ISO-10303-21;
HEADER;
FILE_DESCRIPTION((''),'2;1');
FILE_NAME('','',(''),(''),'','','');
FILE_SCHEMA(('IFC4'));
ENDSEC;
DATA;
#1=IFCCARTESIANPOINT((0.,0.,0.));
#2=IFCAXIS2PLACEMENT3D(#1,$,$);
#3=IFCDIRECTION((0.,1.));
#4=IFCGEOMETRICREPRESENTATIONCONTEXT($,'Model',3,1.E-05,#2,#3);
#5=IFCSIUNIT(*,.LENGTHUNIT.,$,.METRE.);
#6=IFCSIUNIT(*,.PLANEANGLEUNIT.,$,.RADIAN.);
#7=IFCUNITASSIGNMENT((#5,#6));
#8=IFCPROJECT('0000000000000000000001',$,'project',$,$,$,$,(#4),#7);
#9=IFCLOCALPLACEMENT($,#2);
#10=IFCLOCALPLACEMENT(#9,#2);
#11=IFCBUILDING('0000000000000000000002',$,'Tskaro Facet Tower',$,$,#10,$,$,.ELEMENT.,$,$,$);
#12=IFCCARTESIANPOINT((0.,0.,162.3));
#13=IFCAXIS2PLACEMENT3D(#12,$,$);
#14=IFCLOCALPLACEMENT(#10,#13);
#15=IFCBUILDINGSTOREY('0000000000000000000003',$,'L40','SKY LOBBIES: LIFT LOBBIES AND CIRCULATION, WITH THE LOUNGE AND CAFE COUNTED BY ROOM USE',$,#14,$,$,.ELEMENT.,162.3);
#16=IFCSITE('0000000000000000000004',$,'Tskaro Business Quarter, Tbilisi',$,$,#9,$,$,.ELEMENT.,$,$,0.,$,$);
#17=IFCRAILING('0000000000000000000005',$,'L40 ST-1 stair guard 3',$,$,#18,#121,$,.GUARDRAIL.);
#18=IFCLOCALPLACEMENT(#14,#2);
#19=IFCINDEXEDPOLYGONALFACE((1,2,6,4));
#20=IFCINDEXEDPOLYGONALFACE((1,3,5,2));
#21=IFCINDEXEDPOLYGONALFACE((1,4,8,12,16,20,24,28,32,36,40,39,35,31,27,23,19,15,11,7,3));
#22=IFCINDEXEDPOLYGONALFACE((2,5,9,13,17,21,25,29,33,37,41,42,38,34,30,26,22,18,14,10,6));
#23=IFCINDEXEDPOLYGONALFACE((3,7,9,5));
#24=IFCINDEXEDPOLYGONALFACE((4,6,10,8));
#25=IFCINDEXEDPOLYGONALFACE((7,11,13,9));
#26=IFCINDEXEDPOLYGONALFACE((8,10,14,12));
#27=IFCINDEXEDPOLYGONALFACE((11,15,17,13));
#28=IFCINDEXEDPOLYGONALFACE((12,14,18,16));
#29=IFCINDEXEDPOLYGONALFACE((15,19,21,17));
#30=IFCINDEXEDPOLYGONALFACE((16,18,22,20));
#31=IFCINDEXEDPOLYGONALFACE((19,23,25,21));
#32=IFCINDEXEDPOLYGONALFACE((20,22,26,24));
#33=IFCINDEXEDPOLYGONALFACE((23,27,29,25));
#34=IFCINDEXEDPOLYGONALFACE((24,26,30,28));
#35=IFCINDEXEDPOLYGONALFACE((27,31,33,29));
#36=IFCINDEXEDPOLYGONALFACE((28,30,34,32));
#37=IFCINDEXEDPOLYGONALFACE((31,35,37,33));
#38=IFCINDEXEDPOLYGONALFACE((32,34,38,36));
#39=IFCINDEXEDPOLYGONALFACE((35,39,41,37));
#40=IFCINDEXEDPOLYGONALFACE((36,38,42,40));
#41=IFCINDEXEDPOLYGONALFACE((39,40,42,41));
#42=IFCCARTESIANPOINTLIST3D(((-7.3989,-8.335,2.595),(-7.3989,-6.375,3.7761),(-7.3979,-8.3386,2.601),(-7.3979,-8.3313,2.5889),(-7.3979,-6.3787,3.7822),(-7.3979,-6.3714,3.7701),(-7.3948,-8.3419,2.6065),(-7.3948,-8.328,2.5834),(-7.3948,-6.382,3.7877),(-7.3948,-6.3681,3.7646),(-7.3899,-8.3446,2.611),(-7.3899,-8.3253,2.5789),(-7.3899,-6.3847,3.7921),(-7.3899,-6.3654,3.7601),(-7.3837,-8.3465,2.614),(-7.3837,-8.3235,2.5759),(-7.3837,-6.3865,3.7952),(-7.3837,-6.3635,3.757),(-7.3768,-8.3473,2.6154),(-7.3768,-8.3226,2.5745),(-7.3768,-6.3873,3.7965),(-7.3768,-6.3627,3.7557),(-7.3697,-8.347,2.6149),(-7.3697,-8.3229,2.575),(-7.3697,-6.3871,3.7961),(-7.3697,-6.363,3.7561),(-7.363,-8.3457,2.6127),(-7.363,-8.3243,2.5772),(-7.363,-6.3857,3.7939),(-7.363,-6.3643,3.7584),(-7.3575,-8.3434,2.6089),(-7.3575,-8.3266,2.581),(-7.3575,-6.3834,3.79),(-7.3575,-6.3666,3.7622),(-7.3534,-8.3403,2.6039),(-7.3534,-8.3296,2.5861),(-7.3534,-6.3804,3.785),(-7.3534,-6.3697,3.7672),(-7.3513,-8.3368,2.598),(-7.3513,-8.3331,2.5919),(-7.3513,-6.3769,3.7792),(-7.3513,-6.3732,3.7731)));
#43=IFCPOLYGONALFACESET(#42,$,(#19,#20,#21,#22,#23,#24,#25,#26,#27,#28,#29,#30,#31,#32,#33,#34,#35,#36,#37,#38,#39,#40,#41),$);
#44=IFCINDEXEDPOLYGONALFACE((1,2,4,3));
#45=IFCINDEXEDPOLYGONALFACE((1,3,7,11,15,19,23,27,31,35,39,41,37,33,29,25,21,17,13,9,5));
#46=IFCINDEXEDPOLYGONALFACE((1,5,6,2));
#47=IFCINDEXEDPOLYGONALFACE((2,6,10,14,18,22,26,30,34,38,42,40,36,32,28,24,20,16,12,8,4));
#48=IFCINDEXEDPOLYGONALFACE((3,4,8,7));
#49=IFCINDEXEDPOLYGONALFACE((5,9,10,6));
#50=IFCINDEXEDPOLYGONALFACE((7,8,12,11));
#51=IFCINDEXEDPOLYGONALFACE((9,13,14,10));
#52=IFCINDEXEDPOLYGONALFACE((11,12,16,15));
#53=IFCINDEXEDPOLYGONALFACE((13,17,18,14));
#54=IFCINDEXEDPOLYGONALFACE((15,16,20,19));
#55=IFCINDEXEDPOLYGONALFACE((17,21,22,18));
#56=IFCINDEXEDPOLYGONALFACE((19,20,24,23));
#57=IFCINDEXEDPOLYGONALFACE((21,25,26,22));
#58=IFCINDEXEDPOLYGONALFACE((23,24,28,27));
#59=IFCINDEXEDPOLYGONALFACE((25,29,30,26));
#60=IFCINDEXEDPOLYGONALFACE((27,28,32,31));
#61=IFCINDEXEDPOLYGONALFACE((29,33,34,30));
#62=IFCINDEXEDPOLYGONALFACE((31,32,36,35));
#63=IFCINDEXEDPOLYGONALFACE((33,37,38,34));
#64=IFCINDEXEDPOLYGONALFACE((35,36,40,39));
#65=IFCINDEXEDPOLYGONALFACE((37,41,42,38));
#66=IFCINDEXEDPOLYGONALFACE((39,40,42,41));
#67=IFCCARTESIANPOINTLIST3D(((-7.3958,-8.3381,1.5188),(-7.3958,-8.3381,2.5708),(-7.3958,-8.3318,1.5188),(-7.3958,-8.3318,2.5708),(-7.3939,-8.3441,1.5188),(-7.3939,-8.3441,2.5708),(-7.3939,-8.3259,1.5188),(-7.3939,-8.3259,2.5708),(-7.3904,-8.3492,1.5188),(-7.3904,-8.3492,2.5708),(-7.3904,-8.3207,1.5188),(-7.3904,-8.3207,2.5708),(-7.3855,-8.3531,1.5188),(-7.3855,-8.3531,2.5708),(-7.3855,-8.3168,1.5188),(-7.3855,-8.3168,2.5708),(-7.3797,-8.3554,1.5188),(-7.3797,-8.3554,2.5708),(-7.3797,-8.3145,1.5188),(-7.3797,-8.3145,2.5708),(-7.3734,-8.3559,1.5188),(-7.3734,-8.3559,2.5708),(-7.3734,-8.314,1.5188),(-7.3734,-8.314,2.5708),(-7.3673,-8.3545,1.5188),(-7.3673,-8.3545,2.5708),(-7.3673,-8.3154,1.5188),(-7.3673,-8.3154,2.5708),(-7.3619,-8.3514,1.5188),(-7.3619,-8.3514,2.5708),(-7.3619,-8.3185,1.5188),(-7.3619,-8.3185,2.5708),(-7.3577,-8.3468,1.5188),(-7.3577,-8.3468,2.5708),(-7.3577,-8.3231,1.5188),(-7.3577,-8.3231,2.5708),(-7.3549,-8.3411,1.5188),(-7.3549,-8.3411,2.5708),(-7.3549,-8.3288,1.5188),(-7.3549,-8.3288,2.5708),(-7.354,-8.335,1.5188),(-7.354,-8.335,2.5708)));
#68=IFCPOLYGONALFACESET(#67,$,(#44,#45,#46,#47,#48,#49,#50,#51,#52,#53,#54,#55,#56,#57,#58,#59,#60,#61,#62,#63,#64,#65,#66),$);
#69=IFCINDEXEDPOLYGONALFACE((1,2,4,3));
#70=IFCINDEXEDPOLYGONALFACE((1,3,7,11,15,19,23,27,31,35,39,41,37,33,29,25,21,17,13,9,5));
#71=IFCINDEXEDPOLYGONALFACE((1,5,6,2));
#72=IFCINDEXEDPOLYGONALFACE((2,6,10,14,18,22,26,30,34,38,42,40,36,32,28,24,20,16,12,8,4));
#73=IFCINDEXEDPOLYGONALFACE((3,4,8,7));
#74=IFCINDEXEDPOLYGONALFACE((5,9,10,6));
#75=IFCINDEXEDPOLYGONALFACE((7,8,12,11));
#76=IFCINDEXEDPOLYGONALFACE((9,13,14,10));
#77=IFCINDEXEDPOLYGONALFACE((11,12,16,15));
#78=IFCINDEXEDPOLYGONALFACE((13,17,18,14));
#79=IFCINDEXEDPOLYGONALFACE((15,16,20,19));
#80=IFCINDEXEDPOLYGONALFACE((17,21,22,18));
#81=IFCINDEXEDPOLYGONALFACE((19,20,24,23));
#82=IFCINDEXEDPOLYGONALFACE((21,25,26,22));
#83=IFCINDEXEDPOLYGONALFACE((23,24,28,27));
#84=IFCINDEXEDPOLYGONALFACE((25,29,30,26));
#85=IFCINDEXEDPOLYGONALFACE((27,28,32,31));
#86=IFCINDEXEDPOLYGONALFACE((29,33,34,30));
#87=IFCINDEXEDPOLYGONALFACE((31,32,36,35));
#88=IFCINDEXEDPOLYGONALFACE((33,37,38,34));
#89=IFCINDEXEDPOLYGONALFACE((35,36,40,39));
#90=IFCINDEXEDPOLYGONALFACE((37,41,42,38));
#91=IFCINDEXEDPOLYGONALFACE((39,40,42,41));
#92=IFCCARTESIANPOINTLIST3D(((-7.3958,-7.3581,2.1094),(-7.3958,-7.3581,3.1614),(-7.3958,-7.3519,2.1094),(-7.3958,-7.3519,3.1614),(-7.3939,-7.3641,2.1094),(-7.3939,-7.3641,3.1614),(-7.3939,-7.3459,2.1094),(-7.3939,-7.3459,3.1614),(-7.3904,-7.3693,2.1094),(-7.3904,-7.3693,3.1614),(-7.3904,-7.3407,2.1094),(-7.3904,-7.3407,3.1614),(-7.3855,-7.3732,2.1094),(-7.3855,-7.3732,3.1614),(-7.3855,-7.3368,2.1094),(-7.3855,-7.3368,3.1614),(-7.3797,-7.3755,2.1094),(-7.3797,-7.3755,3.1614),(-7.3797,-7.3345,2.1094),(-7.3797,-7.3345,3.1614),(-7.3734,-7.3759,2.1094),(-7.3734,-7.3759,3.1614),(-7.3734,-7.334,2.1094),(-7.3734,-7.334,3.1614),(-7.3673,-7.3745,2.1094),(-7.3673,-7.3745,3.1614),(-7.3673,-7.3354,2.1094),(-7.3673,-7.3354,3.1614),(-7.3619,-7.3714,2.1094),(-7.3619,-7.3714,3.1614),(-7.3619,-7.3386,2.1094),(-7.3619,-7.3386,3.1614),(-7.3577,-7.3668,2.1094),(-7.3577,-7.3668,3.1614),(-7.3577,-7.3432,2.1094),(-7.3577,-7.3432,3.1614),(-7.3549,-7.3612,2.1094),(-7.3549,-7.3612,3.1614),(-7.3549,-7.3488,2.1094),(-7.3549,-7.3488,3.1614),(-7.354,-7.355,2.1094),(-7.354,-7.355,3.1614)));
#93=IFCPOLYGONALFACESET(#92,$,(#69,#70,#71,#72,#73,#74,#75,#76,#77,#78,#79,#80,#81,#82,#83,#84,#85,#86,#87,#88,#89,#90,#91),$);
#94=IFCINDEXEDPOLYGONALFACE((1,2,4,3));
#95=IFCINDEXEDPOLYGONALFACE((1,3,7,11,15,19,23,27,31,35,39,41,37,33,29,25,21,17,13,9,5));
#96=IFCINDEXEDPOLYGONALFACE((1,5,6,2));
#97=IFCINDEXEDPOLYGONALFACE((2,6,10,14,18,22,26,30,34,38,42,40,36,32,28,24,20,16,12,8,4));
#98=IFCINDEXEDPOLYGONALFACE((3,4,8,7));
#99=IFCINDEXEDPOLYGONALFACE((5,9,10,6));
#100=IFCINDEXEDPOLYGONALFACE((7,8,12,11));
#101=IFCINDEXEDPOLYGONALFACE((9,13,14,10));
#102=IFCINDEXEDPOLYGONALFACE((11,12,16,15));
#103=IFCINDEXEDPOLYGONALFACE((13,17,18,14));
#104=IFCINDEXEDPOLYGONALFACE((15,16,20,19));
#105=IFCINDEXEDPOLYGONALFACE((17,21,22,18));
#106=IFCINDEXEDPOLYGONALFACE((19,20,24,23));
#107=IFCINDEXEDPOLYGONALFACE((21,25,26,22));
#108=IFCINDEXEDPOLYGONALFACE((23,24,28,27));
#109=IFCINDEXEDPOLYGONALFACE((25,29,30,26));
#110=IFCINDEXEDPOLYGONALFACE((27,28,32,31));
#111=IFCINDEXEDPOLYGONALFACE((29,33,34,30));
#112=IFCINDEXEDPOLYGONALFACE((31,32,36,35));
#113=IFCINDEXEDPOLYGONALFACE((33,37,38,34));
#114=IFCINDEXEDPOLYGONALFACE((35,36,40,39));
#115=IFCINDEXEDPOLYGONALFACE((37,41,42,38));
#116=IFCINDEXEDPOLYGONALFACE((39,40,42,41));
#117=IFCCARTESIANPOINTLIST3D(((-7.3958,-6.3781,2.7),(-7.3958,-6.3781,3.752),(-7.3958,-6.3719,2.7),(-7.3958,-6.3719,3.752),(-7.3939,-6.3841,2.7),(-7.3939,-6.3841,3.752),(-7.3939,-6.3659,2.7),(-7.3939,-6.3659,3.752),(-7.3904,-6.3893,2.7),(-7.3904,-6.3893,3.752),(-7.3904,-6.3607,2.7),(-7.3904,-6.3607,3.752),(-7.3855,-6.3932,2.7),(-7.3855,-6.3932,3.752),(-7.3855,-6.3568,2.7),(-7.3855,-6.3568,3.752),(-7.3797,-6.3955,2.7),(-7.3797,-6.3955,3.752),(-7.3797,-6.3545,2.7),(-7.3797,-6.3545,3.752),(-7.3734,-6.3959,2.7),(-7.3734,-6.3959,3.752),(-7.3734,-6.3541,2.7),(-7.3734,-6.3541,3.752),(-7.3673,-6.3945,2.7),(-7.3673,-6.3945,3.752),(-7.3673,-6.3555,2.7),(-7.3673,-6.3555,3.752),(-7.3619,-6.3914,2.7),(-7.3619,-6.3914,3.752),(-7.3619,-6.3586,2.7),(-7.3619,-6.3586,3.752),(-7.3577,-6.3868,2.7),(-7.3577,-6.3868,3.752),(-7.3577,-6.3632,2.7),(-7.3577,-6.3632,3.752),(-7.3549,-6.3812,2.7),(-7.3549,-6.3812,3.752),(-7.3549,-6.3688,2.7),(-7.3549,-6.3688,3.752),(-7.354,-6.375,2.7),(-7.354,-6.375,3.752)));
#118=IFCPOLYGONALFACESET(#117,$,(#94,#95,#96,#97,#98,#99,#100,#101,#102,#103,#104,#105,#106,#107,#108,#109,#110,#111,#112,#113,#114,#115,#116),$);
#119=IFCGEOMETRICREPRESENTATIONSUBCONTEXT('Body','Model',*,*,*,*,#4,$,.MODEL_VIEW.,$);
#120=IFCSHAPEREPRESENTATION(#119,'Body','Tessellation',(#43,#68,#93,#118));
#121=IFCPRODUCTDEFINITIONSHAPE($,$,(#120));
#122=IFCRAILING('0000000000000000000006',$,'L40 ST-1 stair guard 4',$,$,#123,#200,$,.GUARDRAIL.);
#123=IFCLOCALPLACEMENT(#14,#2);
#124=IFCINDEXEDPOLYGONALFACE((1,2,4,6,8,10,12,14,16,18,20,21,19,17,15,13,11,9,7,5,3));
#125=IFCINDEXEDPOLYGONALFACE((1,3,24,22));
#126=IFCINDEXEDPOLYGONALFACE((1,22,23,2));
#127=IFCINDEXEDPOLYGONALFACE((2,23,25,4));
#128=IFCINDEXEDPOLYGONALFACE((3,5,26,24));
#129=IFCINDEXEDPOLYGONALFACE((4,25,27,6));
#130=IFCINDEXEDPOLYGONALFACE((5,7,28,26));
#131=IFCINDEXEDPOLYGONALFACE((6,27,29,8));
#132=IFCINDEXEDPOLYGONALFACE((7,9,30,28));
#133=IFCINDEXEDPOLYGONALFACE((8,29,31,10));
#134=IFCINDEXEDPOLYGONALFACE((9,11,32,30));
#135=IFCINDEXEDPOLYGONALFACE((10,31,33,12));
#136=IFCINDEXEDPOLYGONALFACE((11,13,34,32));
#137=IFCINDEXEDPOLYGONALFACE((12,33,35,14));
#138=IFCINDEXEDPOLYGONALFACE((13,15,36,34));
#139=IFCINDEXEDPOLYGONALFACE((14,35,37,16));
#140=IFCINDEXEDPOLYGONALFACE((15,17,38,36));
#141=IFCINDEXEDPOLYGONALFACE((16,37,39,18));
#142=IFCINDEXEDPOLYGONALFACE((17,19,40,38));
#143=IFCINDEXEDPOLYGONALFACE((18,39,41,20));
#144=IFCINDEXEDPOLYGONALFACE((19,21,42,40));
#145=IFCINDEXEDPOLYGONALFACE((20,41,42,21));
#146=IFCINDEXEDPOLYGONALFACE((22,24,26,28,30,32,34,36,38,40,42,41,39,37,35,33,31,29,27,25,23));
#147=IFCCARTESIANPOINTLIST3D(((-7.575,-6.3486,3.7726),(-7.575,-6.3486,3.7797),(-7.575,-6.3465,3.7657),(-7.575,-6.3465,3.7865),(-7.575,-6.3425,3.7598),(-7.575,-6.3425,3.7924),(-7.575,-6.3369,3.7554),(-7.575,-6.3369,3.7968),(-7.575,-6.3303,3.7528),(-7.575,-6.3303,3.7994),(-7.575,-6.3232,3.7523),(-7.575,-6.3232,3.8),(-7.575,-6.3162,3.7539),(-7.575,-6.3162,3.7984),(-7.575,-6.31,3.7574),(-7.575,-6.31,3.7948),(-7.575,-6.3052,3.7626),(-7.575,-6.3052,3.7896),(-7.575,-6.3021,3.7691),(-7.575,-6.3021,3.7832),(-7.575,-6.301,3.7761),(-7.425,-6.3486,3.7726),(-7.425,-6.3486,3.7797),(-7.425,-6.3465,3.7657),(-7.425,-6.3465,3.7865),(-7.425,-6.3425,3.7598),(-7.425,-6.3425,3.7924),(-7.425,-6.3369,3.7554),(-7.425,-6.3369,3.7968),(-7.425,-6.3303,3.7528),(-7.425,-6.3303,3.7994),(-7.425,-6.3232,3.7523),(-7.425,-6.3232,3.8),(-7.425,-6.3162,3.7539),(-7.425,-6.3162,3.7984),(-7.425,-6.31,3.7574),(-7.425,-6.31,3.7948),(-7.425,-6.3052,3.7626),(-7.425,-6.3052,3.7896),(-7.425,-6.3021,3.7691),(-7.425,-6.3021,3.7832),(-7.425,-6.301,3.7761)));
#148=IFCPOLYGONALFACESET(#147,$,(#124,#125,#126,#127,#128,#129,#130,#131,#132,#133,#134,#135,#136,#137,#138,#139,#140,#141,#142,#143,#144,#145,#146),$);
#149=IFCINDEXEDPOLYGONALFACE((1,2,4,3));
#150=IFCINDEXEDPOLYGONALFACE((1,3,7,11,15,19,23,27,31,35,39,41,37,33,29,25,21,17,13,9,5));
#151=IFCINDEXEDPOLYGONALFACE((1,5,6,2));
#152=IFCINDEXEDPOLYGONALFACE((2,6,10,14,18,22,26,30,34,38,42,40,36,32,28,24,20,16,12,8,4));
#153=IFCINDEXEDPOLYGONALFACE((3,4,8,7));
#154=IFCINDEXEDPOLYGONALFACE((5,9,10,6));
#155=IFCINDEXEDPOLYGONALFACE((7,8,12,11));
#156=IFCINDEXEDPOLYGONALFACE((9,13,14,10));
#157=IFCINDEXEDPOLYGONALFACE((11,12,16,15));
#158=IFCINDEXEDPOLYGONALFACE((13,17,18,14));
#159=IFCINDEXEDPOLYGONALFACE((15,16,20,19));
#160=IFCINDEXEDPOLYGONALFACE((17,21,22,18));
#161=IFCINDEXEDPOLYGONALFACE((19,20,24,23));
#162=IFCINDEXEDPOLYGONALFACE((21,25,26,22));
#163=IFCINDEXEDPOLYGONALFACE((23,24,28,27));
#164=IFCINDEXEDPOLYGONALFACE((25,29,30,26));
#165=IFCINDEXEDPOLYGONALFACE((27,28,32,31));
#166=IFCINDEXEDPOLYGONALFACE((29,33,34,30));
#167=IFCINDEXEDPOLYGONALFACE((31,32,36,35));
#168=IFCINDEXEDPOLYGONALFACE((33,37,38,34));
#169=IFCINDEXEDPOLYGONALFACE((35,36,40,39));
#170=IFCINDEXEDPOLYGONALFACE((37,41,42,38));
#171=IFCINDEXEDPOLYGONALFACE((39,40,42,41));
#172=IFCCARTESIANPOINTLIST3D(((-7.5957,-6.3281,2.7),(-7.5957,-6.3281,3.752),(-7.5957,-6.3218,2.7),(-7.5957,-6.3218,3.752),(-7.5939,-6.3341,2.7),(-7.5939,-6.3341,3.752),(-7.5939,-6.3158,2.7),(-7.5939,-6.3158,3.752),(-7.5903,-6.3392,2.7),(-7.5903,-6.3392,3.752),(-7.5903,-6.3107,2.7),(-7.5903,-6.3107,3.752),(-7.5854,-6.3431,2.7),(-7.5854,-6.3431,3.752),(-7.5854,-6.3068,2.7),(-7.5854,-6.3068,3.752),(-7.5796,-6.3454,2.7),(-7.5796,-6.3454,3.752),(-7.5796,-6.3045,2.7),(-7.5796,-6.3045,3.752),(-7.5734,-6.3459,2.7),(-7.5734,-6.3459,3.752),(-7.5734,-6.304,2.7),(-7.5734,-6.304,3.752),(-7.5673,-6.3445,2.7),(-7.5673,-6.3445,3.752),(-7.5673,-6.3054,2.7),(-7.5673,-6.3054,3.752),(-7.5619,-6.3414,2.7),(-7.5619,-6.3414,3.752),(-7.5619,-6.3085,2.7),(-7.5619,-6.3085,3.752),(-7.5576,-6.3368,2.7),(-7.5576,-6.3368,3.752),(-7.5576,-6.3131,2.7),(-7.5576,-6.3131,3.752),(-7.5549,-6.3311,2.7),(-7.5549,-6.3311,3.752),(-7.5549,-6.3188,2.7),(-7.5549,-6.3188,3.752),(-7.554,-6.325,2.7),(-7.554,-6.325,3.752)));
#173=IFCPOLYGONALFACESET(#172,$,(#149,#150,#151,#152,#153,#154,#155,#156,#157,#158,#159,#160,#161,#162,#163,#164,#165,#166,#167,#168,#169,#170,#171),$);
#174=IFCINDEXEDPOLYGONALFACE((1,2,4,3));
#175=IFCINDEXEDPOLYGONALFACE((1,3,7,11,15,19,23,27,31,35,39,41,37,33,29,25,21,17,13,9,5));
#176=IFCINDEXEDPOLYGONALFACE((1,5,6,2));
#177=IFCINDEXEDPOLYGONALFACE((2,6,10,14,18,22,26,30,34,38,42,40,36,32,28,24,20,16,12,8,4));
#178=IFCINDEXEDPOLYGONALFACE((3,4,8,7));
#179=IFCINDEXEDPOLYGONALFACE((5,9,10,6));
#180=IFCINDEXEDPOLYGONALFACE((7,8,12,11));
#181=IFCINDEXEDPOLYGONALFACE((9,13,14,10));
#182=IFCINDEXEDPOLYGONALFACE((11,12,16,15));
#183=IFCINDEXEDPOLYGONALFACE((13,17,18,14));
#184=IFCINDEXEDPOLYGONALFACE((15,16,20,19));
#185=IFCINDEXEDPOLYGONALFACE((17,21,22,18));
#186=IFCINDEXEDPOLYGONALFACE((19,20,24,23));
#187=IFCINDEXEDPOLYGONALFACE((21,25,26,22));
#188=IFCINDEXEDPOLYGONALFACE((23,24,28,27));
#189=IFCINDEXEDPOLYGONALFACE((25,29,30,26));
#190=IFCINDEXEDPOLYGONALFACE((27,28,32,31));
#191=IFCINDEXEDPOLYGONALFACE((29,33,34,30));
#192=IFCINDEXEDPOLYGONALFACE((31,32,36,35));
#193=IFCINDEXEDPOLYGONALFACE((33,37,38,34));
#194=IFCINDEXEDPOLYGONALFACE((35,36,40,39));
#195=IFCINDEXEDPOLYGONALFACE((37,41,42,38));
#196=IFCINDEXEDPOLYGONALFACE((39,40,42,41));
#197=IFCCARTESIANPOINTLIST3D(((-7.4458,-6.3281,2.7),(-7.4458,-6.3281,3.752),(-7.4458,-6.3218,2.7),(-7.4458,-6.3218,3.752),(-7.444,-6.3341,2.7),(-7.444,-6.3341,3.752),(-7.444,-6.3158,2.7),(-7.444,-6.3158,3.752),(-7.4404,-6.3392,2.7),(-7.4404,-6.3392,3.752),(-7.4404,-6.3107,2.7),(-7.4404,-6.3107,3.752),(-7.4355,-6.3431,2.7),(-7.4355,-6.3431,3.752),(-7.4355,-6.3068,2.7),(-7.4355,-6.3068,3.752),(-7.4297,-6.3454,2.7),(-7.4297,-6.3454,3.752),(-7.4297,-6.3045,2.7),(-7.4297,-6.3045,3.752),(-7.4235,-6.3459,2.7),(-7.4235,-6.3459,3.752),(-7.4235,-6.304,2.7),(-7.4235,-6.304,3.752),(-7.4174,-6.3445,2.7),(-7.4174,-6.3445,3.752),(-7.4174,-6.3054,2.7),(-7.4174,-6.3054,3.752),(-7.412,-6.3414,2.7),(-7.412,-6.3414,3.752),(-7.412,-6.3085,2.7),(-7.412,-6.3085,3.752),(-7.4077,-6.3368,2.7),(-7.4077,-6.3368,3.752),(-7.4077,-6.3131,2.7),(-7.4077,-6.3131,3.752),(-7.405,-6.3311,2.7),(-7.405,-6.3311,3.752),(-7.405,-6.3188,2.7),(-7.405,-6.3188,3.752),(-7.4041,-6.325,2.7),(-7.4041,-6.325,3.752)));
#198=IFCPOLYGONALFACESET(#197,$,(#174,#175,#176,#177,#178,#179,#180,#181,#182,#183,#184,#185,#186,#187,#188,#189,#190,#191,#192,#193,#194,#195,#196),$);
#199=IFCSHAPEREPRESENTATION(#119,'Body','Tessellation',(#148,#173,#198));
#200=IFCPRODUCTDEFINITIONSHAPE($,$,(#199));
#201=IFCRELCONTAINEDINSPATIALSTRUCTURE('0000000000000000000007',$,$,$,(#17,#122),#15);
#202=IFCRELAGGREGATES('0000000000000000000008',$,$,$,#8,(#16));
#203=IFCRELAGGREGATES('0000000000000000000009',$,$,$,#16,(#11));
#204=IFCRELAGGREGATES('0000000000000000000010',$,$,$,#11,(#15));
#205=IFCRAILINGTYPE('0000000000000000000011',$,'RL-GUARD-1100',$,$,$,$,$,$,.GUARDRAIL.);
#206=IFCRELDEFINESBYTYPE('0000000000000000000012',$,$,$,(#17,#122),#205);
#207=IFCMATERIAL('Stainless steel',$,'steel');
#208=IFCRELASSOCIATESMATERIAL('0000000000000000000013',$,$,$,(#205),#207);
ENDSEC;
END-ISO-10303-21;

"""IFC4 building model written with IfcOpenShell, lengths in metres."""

from ifc_helpers import new_model, si_unit, direction, frame, origin, origin_2d, place, context, subcontext, project, spatial, circle, extrude, material, type_object, element, save


model = new_model("IFC4")

# Units and contexts
model_context = context("Model", 3, precision=1e-05, world=origin(), true_north=direction((0.0, 1.0)))
body_context = subcontext(model_context, "Body", "Model", "MODEL_VIEW")
ifc_project = project(units=[si_unit("LENGTHUNIT", "METRE"), si_unit("PLANEANGLEUNIT", "RADIAN")], contexts=[model_context])

# Site, building, storey
site_placement = place(None, origin())
site = spatial("IfcSite", under=ifc_project, at=site_placement, Name="Tskaro Business Quarter, Tbilisi", CompositionType="ELEMENT", RefElevation=0.0)
building_placement = place(site_placement, origin())
building = spatial("IfcBuilding", under=site, at=building_placement, Name="Tskaro Facet Tower", CompositionType="ELEMENT")
storey_placement = place(building_placement, frame((0.0, 0.0, 162.3)))
storey = spatial("IfcBuildingStorey", under=building, at=storey_placement, Name="L40", Description="SKY LOBBIES: LIFT LOBBIES AND CIRCULATION, WITH THE LOUNGE AND CAFE COUNTED BY ROOM USE", CompositionType="ELEMENT", Elevation=162.3)

# Shared definitions
ifc_material_1 = material(Name="Stainless steel", Category="steel")

# Railings
railing_type_1 = type_object("IfcRailingType", Name="RL-GUARD-1100", PredefinedType="GUARDRAIL", material=ifc_material_1)
railing_1_placement = place(storey_placement, frame((-7.375, -8.335, 1.5188)))
element("IfcRailing", 1, at=railing_1_placement, inside=storey, type_object=railing_type_1, Name="L40 ST-1 stair guard 3", PredefinedType="GUARDRAIL", context=body_context, shape_type="SweptSolid", body=[
    extrude(circle(Radius=0.0239, at=origin_2d()), frame((0.0, 0.0, 1.0762), z_axis=(0.0, 0.856493, 0.516158), x_axis=(-1.0, 0.0, 0.0)), (0.0, 0.0, 1.0), 2.2883),
    extrude(circle(Radius=0.021, at=origin_2d()), origin(), (0.0, 0.0, 1.0), 1.052),
    extrude(circle(Radius=0.021, at=origin_2d()), frame((0.0, 0.98, 0.5906)), (0.0, 0.0, 1.0), 1.052),
    extrude(circle(Radius=0.021, at=origin_2d()), frame((0.0, 1.96, 1.1812)), (0.0, 0.0, 1.0), 1.052),
])
railing_2_placement = place(storey_placement, frame((-7.575, -6.325, 2.7)))
element("IfcRailing", 2, at=railing_2_placement, inside=storey, type_object=railing_type_1, Name="L40 ST-1 stair guard 4", PredefinedType="GUARDRAIL", context=body_context, shape_type="SweptSolid", body=[
    extrude(circle(Radius=0.0239, at=origin_2d()), frame((0.0, 0.0, 1.0762), z_axis=(1.0, 0.0, 0.0), x_axis=(0.0, 1.0, 0.0)), (0.0, 0.0, 1.0), 0.1499),
    extrude(circle(Radius=0.021, at=origin_2d()), origin(), (0.0, 0.0, 1.0), 1.052),
    extrude(circle(Radius=0.021, at=origin_2d()), frame((0.1499, 0.0, 0.0)), (0.0, 0.0, 1.0), 1.052),
])

save(model, "model.ifc")
